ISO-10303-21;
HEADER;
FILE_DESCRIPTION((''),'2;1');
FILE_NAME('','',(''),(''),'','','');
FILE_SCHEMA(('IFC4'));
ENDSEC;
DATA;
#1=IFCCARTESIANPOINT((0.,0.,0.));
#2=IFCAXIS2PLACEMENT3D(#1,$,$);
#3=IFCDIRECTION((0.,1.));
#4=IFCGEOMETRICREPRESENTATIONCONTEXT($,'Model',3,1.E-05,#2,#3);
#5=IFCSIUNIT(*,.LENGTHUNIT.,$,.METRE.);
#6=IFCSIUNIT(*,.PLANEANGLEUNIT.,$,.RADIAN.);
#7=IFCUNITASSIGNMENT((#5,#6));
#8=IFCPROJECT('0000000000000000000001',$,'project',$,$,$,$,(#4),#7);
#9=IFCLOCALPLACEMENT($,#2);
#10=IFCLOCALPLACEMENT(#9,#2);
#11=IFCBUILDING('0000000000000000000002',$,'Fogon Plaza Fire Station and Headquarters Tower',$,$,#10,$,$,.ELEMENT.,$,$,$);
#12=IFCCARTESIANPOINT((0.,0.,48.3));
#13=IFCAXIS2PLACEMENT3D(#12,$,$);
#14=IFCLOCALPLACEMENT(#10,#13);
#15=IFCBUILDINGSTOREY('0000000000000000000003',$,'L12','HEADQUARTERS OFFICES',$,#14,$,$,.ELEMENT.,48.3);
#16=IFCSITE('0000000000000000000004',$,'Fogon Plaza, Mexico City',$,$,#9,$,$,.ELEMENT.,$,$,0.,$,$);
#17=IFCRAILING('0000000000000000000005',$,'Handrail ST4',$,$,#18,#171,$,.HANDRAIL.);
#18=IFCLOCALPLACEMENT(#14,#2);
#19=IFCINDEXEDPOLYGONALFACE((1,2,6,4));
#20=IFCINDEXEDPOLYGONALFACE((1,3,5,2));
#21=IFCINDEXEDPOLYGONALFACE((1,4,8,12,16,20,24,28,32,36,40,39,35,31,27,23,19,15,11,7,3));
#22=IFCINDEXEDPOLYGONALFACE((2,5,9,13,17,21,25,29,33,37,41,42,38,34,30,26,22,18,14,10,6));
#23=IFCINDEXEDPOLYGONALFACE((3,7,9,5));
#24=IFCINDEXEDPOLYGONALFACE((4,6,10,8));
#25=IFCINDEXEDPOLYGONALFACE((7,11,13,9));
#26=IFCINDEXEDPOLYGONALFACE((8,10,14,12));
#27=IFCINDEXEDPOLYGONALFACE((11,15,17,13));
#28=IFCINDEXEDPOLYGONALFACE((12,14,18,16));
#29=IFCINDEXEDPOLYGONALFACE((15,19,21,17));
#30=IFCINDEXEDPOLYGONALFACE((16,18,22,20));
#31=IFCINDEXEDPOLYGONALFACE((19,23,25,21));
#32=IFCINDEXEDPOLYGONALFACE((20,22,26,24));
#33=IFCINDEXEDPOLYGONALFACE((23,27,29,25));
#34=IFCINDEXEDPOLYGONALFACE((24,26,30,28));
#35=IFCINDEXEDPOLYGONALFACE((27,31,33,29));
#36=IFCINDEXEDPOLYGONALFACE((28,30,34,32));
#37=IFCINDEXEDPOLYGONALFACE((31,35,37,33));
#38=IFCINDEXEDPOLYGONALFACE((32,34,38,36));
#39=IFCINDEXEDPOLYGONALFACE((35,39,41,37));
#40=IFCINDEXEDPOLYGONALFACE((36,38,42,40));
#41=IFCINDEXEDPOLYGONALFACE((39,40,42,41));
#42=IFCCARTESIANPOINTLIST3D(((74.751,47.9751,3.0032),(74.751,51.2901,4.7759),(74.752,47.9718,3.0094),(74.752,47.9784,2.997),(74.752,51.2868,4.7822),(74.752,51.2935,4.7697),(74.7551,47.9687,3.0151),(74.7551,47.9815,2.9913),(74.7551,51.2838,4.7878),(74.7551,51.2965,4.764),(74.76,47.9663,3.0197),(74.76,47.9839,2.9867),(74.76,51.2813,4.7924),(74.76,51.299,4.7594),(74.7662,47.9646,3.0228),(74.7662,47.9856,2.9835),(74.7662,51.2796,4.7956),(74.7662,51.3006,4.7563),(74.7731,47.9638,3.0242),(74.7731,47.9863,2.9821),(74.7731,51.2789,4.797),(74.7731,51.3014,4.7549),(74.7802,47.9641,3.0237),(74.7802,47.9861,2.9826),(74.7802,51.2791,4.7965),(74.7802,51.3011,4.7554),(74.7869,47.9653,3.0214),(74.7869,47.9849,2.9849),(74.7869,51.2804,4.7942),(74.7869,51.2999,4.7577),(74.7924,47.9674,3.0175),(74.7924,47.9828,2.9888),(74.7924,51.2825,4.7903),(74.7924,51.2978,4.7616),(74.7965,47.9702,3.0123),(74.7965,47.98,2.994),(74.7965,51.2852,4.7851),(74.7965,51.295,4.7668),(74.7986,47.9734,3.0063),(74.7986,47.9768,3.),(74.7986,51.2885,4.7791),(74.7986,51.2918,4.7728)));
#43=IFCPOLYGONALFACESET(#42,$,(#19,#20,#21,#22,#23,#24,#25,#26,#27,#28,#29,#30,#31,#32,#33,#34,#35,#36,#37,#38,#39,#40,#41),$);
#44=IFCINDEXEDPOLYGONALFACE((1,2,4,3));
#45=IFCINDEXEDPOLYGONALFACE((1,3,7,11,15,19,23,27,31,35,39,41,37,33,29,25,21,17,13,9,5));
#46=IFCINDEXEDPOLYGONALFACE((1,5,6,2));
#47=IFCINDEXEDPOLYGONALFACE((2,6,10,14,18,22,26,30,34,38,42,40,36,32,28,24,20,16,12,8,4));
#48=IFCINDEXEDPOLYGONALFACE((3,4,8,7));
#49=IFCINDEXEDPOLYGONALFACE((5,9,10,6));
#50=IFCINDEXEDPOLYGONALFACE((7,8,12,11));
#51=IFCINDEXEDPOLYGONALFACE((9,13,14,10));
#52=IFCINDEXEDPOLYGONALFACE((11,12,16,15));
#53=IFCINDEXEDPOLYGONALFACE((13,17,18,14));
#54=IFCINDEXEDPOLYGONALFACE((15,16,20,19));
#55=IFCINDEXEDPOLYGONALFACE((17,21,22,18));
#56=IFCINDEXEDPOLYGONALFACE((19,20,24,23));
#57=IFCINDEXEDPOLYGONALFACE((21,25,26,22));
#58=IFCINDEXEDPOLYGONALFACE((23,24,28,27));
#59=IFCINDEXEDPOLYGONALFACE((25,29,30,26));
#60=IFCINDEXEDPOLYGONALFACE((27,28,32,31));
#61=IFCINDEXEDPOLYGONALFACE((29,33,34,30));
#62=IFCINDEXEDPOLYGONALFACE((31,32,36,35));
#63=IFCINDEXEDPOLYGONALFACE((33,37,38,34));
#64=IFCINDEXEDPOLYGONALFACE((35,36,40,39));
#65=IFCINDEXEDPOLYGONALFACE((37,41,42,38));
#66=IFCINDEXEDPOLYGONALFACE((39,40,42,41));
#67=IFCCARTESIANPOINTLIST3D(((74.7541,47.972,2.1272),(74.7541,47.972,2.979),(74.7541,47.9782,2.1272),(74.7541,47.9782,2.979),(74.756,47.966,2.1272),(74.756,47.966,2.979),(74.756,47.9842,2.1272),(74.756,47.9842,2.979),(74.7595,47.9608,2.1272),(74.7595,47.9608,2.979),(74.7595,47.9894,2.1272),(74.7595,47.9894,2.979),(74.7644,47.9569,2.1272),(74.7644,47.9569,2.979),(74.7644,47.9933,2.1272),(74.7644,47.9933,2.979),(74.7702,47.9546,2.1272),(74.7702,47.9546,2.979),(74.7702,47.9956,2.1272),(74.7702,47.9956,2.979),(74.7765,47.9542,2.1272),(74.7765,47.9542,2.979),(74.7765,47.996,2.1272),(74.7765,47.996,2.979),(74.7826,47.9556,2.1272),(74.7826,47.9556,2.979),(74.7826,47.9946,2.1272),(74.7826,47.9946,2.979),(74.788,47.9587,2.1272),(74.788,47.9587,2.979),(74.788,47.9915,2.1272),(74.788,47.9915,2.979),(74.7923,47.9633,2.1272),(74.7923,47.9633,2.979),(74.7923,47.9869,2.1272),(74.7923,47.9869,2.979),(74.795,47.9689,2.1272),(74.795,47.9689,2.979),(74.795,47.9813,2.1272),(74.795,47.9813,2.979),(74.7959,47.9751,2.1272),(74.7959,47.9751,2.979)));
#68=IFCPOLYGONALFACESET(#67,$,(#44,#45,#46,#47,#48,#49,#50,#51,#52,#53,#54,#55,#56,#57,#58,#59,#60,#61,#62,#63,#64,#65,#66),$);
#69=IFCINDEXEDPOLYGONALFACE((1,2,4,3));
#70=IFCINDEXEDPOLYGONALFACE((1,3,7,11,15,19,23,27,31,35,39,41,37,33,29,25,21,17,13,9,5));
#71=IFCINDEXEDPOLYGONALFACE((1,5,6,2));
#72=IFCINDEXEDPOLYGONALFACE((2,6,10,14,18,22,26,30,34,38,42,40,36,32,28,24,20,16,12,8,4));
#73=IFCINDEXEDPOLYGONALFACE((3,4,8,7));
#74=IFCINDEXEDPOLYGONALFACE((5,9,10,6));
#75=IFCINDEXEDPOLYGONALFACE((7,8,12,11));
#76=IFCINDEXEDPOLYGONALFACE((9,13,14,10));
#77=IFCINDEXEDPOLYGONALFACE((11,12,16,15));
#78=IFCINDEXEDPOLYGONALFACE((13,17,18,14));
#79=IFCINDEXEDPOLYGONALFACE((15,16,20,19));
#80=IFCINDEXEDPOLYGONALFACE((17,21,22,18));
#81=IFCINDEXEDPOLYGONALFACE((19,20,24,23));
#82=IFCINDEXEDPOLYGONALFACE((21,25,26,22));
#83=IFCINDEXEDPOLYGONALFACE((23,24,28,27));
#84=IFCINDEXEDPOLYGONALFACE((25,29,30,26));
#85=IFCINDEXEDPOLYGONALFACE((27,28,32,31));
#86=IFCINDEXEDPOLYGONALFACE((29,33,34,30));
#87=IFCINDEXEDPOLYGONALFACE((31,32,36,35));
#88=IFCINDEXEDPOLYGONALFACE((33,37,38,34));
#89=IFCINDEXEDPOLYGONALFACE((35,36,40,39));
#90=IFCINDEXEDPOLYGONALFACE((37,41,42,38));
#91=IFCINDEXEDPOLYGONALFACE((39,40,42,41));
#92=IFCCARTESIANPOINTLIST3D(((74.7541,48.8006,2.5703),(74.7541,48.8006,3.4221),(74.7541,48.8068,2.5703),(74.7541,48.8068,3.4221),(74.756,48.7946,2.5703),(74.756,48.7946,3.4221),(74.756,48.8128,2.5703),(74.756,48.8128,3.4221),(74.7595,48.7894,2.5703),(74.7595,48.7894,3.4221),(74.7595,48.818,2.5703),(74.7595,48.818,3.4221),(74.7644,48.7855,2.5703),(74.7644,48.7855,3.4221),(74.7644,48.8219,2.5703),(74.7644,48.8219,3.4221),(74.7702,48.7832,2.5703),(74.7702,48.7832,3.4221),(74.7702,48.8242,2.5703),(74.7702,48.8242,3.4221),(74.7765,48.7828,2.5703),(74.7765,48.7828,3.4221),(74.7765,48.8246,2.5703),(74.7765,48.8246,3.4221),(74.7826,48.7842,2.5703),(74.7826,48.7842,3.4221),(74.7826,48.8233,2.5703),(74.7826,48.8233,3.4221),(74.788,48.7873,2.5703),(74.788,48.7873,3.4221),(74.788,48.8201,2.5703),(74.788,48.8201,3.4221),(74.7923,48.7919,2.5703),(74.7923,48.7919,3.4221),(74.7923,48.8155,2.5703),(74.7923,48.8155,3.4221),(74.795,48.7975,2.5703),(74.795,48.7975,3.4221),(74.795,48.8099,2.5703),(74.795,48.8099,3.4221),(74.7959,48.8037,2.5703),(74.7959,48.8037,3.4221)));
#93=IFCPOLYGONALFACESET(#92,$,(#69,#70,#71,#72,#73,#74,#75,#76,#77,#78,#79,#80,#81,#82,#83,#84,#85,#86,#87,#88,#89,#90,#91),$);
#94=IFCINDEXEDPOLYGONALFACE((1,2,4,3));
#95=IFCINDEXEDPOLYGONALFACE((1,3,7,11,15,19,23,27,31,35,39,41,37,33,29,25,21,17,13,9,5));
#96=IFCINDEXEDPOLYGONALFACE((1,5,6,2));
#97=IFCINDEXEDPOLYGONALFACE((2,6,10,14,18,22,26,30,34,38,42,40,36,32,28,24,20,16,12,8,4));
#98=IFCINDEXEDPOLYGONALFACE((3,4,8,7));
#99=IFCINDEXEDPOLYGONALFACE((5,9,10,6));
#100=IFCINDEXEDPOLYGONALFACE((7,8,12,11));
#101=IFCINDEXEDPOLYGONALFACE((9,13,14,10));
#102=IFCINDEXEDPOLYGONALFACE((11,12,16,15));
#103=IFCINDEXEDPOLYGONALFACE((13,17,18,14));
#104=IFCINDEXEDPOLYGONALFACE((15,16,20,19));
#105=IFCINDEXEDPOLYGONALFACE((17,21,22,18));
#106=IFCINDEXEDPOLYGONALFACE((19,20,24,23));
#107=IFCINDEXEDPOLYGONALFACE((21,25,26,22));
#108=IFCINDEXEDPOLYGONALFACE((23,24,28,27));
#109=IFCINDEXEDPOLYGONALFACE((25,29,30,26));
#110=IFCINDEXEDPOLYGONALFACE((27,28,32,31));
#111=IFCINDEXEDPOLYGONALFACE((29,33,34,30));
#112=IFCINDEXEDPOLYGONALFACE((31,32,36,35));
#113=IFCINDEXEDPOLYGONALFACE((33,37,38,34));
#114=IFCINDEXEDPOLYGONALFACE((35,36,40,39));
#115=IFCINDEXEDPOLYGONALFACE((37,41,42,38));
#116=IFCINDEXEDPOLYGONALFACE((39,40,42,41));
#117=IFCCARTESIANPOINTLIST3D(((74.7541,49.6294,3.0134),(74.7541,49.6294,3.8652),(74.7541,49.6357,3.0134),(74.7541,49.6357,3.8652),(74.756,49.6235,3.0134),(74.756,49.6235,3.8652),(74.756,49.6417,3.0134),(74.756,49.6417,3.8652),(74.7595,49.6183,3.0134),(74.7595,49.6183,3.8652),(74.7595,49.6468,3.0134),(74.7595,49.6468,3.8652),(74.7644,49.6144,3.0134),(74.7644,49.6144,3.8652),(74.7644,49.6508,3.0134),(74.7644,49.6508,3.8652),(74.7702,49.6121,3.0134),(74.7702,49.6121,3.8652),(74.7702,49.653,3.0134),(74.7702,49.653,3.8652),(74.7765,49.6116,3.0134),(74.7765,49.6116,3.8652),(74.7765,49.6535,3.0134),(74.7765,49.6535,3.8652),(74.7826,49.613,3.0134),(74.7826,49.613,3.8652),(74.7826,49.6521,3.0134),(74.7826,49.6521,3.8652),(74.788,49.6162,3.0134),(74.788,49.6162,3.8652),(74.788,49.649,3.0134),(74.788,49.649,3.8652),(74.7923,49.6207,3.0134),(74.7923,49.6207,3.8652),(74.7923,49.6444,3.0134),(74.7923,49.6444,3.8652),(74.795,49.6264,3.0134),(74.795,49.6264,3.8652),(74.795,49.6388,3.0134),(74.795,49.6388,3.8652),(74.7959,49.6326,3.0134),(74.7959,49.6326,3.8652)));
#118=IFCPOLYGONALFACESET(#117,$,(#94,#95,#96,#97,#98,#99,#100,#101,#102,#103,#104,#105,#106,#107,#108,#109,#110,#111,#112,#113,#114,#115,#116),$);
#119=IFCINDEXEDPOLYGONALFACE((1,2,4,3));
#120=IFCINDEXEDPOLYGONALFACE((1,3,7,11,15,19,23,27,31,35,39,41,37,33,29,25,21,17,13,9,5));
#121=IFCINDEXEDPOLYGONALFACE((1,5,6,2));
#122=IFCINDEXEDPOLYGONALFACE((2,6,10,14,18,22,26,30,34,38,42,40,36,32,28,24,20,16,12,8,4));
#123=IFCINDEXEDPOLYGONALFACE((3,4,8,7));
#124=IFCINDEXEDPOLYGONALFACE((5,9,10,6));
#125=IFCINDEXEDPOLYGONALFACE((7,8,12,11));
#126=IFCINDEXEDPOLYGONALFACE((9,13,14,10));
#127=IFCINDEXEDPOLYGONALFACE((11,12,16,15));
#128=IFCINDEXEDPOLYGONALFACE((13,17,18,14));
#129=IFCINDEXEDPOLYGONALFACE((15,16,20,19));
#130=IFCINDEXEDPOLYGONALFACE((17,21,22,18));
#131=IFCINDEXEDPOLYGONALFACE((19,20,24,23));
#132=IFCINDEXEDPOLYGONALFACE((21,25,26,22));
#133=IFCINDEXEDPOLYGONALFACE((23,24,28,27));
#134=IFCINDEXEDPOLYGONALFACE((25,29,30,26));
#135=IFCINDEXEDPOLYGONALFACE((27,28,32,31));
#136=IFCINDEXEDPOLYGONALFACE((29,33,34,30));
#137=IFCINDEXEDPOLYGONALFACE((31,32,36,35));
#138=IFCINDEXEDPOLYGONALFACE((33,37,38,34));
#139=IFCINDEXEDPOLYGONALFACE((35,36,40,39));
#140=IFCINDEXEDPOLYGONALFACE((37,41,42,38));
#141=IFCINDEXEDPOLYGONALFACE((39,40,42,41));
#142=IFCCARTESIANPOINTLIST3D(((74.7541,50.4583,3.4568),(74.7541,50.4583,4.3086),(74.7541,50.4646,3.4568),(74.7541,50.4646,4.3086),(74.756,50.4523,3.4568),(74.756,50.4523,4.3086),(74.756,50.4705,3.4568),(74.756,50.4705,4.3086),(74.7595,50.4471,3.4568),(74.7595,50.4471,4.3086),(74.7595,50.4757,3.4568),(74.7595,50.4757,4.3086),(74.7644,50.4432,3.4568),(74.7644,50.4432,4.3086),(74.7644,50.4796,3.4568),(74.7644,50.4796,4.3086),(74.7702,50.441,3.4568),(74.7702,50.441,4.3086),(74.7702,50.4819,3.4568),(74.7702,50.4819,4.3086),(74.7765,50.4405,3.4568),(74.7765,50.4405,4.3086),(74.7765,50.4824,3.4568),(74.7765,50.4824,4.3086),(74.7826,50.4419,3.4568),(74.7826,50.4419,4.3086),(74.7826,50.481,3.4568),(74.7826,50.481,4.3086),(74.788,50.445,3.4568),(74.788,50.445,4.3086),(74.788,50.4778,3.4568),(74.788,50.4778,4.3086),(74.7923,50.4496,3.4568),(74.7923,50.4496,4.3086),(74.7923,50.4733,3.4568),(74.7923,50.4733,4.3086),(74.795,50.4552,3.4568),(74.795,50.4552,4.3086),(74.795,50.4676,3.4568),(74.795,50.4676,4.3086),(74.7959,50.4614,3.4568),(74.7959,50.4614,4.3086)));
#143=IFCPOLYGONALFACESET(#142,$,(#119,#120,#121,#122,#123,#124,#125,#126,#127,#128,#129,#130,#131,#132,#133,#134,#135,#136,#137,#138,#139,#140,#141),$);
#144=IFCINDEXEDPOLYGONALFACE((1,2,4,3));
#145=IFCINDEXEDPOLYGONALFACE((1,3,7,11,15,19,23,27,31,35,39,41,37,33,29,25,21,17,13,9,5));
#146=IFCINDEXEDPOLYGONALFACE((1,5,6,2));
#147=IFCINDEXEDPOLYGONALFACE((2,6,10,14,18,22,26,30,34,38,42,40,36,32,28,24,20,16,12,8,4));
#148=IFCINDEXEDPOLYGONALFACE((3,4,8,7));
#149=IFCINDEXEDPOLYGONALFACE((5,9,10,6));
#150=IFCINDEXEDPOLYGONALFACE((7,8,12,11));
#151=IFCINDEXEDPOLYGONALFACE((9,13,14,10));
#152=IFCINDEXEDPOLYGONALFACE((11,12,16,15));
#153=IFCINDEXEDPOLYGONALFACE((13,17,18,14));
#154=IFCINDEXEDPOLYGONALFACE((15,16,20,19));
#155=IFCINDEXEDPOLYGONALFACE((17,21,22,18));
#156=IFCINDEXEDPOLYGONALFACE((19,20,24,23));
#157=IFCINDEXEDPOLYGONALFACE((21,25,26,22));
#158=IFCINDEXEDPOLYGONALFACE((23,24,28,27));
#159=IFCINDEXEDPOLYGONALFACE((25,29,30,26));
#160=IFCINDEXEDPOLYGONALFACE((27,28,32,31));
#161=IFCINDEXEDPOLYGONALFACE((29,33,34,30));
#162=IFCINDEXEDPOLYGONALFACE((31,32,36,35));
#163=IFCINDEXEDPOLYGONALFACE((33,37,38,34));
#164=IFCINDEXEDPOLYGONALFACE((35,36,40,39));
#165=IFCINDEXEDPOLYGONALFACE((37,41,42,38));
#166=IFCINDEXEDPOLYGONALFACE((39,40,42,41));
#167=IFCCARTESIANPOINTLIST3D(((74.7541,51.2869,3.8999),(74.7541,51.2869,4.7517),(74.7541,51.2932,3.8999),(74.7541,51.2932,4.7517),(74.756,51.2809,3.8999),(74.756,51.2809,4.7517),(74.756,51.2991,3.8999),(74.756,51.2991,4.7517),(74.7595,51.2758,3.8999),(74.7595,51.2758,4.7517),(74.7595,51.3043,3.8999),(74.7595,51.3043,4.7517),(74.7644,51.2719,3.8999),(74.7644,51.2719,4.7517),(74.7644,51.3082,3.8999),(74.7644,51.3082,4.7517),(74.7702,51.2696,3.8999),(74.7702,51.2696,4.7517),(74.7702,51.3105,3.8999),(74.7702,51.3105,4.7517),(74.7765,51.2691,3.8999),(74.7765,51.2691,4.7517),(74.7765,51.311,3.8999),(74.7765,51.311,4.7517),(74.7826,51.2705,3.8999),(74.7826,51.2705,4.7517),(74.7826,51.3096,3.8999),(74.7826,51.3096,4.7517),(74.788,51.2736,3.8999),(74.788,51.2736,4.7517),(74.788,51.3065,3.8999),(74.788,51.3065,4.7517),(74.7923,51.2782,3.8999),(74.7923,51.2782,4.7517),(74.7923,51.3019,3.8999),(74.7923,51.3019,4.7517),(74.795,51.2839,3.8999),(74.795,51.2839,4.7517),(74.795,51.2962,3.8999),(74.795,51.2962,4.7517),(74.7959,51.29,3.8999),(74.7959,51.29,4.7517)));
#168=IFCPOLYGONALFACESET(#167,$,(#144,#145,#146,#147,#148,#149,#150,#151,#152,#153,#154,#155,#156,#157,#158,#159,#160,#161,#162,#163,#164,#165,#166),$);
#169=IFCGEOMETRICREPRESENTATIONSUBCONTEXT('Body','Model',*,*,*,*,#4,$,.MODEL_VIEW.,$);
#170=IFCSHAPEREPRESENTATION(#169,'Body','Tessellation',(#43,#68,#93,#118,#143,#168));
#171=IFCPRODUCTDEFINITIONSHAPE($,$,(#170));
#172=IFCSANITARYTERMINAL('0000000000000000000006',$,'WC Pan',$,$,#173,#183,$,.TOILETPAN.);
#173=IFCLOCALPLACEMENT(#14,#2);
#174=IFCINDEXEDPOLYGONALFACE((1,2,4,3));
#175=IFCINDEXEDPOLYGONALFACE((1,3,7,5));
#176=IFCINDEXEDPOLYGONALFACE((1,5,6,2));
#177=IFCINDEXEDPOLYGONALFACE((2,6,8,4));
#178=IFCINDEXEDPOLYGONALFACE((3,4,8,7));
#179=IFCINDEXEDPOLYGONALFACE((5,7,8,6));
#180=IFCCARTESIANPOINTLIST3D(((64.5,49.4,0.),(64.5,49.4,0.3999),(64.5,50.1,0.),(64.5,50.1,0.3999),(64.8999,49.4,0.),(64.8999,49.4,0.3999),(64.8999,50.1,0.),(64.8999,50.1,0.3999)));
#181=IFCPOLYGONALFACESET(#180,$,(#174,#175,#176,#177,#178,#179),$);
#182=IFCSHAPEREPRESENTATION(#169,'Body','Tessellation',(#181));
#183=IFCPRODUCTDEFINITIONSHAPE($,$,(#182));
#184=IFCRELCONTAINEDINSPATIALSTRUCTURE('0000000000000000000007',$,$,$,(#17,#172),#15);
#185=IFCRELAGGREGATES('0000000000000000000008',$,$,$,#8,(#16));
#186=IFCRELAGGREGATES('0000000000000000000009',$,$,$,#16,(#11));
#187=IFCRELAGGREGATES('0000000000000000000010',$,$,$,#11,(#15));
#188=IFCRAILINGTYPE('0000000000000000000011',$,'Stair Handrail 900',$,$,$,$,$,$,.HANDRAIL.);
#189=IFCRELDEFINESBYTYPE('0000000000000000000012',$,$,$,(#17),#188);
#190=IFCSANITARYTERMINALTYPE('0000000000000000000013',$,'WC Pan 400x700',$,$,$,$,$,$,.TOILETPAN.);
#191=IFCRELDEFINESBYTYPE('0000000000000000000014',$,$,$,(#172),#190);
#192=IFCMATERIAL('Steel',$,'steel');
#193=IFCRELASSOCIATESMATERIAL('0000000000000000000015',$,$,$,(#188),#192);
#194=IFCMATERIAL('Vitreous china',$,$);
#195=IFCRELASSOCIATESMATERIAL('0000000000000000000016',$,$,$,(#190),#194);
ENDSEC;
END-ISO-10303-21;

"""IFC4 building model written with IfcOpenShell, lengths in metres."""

from ifc_helpers import new_model, si_unit, direction, frame, origin, origin_2d, place, context, subcontext, project, spatial, rectangle, circle, extrude, material, type_object, element, save


model = new_model("IFC4")

# Units and contexts
model_context = context("Model", 3, precision=1e-05, world=origin(), true_north=direction((0.0, 1.0)))
body_context = subcontext(model_context, "Body", "Model", "MODEL_VIEW")
ifc_project = project(units=[si_unit("LENGTHUNIT", "METRE"), si_unit("PLANEANGLEUNIT", "RADIAN")], contexts=[model_context])

# Site, building, storey
site_placement = place(None, origin())
site = spatial("IfcSite", under=ifc_project, at=site_placement, Name="Fogon Plaza, Mexico City", CompositionType="ELEMENT", RefElevation=0.0)
building_placement = place(site_placement, origin())
building = spatial("IfcBuilding", under=site, at=building_placement, Name="Fogon Plaza Fire Station and Headquarters Tower", CompositionType="ELEMENT")
storey_placement = place(building_placement, frame((0.0, 0.0, 48.3)))
storey = spatial("IfcBuildingStorey", under=building, at=storey_placement, Name="L12", Description="HEADQUARTERS OFFICES", CompositionType="ELEMENT", Elevation=48.3)

# Railing
ifc_material_1 = material(Name="Steel", Category="steel")
railing_type = type_object("IfcRailingType", Name="Stair Handrail 900", PredefinedType="HANDRAIL", material=ifc_material_1)
for number, where, name in (
    (1, (74.7749, 47.9751, 2.1272), "Handrail ST4"),
):
    element("IfcRailing", number, at=place(storey_placement, frame(where)), inside=storey, type_object=railing_type, Name=name, PredefinedType="HANDRAIL", context=body_context, shape_type="SweptSolid", body=[
        extrude(circle(Radius=0.0239, at=origin_2d()), frame((0.0, 0.0, 0.876), z_axis=(0.0, 0.881829, 0.471569), x_axis=(-1.0, 0.0, 0.0)), (0.0, 0.0, 1.0), 3.7593),
        extrude(circle(Radius=0.021, at=origin_2d()), origin(), (0.0, 0.0, 1.0), 0.8518),
        extrude(circle(Radius=0.021, at=origin_2d()), frame((0.0, 0.8286, 0.4431)), (0.0, 0.0, 1.0), 0.8518),
        extrude(circle(Radius=0.021, at=origin_2d()), frame((0.0, 1.6575, 0.8862)), (0.0, 0.0, 1.0), 0.8518),
        extrude(circle(Radius=0.021, at=origin_2d()), frame((0.0, 2.4863, 1.3296)), (0.0, 0.0, 1.0), 0.8518),
        extrude(circle(Radius=0.021, at=origin_2d()), frame((0.0, 3.3149, 1.7727)), (0.0, 0.0, 1.0), 0.8518),
    ])

# Sanitary terminal
ifc_material_2 = material(Name="Vitreous china")
sanitary_terminal_type = type_object("IfcSanitaryTerminalType", Name="WC Pan 400x700", PredefinedType="TOILETPAN", material=ifc_material_2)
sanitary_terminal_placement = place(storey_placement, frame((64.7, 49.75, 0.0), z_axis=(0.0, 0.0, 1.0), x_axis=(1.0, 0.0, 0.0)))
element("IfcSanitaryTerminal", 2, at=sanitary_terminal_placement, inside=storey, type_object=sanitary_terminal_type, Name="WC Pan", PredefinedType="TOILETPAN", context=body_context, shape_type="SweptSolid", body=[
    extrude(rectangle(XDim=0.3999, YDim=0.7, at=origin_2d()), origin(), (0.0, 0.0, 1.0), 0.3999),
])

save(model, "model.ifc")
